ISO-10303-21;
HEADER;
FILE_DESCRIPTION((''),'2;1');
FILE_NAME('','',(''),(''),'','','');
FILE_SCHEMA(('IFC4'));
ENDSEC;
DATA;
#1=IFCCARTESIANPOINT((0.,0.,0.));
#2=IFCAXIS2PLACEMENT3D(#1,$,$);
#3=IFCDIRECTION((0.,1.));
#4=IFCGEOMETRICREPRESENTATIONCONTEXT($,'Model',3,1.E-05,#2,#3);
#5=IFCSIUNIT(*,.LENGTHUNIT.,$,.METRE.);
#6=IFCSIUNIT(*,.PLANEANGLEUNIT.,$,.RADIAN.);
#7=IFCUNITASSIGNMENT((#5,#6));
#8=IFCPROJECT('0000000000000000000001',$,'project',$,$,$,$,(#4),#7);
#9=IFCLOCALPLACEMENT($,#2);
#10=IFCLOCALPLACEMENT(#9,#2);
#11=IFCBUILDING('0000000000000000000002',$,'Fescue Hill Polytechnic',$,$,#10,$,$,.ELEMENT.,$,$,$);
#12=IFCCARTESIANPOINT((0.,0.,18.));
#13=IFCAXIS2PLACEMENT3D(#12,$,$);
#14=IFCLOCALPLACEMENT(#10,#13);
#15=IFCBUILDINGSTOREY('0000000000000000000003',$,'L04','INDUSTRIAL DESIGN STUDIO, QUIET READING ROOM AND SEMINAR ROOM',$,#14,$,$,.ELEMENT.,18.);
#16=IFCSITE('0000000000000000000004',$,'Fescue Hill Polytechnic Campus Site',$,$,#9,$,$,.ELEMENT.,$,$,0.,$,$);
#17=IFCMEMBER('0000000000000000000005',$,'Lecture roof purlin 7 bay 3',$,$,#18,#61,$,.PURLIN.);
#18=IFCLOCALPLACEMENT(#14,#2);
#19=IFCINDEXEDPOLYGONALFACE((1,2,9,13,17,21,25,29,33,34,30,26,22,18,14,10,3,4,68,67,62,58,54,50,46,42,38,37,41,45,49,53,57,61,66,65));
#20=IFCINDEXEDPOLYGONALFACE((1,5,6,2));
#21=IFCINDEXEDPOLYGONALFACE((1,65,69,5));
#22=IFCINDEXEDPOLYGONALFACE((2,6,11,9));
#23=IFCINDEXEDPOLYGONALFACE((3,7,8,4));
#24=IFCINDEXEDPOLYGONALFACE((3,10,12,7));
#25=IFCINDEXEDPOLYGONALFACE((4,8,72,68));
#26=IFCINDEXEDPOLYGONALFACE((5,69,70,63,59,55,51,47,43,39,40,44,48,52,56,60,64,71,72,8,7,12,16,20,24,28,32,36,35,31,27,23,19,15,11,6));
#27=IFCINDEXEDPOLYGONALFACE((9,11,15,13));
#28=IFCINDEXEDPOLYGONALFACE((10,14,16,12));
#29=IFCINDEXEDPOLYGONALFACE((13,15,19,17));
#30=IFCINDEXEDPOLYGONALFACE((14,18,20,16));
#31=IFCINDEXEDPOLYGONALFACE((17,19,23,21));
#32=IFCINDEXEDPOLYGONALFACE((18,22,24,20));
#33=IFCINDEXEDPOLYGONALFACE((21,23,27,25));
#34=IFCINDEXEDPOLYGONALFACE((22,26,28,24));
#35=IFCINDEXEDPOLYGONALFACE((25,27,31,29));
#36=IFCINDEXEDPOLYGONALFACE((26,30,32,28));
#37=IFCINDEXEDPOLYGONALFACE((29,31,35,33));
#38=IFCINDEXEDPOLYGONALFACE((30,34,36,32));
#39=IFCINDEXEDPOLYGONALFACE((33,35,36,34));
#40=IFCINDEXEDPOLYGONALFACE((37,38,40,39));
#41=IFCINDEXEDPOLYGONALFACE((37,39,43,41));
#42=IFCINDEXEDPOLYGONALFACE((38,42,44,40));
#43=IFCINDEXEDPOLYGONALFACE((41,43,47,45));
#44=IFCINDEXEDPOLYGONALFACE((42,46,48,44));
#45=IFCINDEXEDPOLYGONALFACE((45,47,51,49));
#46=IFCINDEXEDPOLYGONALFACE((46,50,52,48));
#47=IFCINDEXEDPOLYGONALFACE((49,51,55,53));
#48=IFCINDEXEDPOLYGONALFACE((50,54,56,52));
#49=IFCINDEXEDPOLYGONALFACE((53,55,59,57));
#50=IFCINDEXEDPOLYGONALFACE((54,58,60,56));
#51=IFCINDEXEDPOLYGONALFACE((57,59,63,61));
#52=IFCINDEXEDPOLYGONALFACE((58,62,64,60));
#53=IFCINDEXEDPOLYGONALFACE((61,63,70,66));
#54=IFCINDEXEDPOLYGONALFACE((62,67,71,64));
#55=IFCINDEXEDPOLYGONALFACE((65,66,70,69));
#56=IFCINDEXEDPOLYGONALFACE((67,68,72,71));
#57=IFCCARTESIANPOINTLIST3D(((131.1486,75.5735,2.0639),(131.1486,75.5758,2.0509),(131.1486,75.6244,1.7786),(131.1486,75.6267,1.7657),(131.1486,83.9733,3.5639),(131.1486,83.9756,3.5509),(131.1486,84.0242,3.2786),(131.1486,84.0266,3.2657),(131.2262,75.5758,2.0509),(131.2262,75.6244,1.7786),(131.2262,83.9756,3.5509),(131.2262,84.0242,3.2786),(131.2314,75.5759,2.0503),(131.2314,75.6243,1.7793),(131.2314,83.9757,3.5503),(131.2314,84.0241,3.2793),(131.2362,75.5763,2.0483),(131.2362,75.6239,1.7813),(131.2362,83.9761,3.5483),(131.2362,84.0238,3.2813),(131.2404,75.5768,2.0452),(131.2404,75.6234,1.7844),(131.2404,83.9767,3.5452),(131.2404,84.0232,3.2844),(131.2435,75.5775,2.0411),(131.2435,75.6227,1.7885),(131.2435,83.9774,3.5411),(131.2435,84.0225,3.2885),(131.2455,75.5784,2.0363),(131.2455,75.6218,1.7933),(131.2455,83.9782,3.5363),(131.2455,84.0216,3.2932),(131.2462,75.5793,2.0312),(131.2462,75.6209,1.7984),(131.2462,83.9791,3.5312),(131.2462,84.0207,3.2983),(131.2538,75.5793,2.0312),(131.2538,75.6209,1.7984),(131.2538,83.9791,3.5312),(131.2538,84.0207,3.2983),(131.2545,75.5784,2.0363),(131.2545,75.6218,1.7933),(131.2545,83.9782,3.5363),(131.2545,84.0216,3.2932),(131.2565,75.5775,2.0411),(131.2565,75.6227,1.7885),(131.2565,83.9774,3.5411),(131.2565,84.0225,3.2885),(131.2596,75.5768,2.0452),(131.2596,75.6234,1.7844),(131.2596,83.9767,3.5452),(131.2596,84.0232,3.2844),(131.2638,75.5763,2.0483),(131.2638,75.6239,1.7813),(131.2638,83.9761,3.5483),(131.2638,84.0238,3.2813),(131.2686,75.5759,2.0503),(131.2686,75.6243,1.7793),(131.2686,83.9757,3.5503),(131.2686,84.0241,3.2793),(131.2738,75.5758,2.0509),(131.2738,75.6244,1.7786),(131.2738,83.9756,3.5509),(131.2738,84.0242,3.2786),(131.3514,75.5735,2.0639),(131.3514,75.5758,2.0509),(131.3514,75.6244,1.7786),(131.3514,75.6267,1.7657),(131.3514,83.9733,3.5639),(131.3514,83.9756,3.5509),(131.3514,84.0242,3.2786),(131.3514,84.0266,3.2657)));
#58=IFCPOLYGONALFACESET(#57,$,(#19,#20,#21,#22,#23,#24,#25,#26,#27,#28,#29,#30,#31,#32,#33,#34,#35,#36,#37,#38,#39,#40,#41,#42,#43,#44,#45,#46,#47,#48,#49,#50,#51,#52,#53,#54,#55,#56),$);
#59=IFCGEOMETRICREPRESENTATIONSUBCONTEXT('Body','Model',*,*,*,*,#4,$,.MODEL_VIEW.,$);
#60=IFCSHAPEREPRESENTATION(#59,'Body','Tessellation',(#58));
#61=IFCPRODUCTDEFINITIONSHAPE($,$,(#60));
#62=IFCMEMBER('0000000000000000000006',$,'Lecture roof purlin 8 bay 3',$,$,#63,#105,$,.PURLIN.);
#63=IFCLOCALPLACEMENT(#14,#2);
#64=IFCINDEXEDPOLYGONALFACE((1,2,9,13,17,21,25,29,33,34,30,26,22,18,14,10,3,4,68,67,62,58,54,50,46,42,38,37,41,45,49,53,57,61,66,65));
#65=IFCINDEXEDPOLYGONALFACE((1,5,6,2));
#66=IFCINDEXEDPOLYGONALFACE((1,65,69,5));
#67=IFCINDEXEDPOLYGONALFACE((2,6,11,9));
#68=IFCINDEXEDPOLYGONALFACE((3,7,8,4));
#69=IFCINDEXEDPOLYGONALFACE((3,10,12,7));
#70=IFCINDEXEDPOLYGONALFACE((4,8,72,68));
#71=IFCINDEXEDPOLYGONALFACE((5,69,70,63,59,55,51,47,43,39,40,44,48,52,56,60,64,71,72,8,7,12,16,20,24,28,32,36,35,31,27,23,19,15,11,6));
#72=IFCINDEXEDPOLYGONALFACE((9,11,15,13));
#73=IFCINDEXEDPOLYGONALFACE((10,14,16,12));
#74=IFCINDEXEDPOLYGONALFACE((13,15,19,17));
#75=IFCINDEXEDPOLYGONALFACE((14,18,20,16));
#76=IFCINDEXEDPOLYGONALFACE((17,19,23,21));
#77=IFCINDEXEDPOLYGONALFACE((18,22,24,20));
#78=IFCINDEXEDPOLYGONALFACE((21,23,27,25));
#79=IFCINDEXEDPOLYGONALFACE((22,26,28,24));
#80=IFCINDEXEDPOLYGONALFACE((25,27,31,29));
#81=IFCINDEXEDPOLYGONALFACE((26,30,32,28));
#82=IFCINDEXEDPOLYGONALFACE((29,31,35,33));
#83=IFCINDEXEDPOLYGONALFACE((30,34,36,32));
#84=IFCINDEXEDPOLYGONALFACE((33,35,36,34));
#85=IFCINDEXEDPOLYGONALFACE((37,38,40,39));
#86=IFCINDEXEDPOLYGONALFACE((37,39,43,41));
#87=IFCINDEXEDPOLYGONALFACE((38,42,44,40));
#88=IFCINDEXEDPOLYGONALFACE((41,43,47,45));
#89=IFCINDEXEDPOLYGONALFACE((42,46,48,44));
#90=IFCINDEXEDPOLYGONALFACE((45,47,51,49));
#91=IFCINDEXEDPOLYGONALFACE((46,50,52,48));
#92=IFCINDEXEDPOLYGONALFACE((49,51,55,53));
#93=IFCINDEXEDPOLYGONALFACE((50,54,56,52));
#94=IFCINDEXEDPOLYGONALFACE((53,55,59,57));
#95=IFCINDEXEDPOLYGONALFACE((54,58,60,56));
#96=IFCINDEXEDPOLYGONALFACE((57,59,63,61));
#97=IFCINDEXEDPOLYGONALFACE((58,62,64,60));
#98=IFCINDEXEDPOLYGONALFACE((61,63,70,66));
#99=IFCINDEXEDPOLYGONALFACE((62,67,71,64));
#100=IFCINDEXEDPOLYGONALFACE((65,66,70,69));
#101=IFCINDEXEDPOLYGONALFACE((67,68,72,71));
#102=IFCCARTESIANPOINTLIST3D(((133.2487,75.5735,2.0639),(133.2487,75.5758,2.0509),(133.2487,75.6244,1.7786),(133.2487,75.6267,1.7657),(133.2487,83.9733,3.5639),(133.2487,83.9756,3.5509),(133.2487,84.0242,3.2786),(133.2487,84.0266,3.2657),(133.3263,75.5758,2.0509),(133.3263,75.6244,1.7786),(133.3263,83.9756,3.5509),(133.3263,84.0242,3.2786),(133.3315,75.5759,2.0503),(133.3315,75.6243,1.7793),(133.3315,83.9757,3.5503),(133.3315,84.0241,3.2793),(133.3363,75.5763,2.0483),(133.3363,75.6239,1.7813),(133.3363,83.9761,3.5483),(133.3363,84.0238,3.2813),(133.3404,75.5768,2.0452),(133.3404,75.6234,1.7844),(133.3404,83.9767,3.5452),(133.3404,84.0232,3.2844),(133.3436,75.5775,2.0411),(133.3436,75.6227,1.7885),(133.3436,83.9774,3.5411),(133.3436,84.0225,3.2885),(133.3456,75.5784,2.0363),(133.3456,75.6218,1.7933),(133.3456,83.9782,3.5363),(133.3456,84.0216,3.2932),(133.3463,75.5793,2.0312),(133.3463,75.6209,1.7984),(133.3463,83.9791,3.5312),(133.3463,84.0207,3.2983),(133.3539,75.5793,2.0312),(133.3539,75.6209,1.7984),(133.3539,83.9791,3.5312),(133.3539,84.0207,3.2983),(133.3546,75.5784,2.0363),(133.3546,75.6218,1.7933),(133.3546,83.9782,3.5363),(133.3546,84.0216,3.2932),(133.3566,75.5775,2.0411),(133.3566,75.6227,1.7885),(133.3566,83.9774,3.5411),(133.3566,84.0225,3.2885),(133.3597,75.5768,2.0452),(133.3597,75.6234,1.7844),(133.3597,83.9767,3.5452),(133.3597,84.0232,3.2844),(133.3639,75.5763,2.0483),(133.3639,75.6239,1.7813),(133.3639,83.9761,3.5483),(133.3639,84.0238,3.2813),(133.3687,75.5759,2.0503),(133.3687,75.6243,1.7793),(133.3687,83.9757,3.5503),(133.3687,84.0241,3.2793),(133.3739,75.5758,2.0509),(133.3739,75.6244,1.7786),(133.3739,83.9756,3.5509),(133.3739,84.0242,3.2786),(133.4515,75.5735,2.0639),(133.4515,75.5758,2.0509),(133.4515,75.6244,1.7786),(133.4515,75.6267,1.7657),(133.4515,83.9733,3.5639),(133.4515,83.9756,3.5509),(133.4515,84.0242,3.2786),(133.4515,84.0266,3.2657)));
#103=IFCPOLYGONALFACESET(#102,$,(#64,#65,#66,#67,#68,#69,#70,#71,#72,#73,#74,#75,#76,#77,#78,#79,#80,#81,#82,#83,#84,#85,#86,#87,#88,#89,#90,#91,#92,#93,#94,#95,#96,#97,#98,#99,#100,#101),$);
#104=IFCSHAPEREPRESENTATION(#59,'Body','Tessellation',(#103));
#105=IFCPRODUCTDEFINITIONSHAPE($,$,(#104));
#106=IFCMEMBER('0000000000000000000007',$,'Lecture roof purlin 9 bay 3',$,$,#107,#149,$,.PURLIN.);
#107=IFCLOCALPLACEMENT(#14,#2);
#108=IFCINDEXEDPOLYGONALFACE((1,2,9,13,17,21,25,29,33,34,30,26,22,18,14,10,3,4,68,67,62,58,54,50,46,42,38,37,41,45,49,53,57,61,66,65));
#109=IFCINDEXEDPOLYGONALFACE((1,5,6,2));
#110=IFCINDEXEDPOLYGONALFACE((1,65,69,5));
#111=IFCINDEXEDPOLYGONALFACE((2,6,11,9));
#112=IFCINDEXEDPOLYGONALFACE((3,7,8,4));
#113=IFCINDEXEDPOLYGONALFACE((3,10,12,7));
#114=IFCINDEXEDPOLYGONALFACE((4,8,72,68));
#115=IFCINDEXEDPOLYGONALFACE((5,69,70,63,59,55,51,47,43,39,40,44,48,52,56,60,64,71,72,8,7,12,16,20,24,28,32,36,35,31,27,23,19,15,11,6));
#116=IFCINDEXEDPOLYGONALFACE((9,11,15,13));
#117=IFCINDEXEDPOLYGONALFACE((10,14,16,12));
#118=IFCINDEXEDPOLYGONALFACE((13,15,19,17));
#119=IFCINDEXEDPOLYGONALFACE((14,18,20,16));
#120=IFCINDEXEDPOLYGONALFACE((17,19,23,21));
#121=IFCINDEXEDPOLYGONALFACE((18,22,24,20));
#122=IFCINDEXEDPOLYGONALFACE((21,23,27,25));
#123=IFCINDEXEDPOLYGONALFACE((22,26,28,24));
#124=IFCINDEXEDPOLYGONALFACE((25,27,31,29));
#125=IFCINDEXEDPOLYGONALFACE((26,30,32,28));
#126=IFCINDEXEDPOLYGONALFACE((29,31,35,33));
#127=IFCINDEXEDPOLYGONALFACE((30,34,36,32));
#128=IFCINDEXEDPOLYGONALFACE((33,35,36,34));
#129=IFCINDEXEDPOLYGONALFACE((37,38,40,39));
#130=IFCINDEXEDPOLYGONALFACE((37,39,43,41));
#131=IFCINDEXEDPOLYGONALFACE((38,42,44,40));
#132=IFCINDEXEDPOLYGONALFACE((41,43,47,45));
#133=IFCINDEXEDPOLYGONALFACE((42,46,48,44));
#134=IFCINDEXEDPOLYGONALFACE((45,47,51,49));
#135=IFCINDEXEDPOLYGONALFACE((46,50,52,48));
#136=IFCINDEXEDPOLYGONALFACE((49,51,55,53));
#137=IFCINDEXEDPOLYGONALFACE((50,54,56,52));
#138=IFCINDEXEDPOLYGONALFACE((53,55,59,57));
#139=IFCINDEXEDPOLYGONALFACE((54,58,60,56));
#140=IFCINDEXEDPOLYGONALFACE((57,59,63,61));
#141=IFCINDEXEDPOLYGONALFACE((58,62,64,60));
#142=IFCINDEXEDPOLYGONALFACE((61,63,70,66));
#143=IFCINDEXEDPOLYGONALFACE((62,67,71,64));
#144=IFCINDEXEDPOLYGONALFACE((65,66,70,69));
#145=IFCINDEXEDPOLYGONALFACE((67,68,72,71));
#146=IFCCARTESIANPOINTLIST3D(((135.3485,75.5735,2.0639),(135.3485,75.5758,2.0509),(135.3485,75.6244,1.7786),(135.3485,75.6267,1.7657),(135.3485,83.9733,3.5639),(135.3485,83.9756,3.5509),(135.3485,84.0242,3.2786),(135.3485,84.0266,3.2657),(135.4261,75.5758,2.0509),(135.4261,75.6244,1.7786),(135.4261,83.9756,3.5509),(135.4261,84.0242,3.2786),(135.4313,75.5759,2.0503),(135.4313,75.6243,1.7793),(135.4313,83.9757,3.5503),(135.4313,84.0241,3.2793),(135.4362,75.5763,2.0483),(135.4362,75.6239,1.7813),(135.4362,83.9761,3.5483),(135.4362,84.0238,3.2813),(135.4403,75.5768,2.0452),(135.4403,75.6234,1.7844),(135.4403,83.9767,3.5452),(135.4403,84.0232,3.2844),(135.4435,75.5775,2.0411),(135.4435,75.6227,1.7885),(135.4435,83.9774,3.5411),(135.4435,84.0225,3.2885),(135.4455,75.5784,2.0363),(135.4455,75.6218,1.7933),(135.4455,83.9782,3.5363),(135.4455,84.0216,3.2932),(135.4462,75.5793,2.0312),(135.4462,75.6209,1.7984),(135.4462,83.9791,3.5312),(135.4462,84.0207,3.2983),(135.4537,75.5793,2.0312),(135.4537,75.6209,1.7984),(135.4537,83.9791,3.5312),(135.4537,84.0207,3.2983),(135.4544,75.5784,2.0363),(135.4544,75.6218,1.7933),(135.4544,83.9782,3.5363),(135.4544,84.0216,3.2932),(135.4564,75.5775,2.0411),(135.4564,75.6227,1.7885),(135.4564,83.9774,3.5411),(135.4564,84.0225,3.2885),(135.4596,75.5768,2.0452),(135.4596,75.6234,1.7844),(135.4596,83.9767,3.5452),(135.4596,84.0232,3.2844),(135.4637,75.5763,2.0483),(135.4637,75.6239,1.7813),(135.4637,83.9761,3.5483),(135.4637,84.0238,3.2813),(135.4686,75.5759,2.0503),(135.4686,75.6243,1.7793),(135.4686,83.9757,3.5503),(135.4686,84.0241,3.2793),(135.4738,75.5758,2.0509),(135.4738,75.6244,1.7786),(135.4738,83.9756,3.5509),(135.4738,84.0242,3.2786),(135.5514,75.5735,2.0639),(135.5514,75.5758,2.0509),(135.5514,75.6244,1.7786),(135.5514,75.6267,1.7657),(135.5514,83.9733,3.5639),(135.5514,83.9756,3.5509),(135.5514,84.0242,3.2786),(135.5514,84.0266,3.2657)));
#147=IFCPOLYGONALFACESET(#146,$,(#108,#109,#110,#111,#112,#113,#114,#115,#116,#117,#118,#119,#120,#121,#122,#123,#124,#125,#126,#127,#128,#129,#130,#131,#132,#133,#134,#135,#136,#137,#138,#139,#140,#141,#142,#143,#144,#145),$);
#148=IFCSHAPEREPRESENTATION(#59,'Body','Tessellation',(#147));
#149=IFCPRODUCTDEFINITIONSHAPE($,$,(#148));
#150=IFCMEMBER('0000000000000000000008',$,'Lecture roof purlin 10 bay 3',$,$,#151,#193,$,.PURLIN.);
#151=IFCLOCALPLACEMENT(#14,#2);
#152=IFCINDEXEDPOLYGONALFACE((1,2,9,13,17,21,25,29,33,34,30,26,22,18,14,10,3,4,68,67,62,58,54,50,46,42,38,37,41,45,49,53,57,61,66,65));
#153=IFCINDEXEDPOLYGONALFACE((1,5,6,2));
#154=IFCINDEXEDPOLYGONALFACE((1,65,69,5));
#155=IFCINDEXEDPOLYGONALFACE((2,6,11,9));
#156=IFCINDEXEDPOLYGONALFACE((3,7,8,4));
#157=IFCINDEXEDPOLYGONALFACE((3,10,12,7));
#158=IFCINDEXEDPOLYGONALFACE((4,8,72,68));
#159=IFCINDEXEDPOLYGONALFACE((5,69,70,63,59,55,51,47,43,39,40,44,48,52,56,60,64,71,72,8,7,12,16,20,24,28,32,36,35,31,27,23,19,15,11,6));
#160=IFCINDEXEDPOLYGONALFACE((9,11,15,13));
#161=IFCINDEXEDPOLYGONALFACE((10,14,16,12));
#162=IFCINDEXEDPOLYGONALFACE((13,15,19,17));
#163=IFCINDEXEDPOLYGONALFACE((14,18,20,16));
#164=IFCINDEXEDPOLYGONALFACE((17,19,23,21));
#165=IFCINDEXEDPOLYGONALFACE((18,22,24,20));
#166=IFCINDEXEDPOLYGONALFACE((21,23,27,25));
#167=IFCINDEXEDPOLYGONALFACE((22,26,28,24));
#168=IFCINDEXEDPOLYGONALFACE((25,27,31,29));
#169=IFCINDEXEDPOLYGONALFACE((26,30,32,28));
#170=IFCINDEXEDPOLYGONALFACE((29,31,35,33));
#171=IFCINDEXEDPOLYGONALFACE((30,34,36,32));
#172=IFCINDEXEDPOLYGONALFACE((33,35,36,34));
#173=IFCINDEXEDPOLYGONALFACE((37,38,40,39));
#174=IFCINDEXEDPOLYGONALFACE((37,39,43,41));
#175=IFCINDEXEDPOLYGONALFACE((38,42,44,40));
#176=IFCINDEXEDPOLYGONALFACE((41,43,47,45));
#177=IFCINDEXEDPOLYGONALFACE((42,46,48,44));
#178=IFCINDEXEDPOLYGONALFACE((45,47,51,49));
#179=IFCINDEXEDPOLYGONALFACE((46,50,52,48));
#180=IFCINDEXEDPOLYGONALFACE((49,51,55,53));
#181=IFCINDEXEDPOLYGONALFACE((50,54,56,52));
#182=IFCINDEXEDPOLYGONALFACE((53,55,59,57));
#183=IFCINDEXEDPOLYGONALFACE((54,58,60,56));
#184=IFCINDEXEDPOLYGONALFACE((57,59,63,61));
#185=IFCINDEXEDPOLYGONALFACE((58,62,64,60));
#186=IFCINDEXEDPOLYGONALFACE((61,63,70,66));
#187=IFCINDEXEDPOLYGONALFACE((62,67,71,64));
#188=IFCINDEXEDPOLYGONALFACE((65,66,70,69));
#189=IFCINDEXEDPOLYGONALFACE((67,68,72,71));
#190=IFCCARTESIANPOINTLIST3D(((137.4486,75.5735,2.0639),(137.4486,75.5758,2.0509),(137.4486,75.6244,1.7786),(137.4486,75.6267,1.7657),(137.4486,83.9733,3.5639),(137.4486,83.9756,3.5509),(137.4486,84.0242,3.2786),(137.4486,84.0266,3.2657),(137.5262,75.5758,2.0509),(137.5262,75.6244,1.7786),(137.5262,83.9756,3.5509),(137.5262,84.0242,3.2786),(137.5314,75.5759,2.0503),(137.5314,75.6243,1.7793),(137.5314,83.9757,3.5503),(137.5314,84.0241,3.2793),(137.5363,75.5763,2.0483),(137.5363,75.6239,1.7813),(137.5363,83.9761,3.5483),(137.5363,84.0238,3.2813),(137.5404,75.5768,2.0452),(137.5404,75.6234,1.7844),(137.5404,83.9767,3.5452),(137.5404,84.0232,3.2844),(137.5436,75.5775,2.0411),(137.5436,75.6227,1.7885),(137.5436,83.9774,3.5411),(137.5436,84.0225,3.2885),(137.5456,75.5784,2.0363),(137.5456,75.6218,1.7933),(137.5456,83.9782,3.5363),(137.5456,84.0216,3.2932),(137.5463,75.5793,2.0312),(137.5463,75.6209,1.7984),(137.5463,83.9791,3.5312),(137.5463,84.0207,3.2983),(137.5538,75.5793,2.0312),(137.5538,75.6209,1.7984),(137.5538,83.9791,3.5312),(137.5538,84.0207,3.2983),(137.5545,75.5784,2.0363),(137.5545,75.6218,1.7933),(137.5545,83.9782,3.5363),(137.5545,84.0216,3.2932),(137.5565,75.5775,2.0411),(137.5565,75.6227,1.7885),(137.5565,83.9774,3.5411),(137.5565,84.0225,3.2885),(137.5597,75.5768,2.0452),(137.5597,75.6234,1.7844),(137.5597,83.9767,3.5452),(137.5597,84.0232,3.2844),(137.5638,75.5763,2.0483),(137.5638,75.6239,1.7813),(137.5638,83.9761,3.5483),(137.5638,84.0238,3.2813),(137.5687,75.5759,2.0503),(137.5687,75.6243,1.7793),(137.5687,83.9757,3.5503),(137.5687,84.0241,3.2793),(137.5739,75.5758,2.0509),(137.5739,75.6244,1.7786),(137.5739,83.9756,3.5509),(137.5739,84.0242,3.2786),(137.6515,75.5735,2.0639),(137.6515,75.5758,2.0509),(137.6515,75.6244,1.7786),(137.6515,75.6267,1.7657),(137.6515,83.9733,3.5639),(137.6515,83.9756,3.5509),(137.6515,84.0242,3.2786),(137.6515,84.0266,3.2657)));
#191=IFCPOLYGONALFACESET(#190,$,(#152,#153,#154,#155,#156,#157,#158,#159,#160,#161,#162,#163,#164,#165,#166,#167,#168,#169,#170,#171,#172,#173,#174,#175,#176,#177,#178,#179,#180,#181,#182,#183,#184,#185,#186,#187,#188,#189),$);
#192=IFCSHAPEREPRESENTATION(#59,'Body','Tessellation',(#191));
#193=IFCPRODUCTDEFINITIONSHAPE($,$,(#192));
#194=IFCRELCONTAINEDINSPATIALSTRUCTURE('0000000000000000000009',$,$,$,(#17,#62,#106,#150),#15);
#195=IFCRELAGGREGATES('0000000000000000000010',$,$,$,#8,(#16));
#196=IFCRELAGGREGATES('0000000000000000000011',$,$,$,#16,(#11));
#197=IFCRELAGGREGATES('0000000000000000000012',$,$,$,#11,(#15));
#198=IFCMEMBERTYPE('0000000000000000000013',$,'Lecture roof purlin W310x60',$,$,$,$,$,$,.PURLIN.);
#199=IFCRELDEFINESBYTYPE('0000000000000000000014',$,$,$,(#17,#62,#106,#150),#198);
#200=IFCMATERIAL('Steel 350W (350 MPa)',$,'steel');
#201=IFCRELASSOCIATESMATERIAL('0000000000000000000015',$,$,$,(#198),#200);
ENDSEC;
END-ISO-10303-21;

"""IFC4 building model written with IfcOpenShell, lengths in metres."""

from ifc_helpers import new_model, si_unit, direction, frame, origin, origin_2d, place, context, subcontext, project, spatial, i_section, extrude, material, material_profile, profile_set, type_object, element, save


model = new_model("IFC4")

# Units and contexts
model_context = context("Model", 3, precision=1e-05, world=origin(), true_north=direction((0.0, 1.0)))
body_context = subcontext(model_context, "Body", "Model", "MODEL_VIEW")
ifc_project = project(units=[si_unit("LENGTHUNIT", "METRE"), si_unit("PLANEANGLEUNIT", "RADIAN")], contexts=[model_context])

# Site, building, storey
site_placement = place(None, origin())
site = spatial("IfcSite", under=ifc_project, at=site_placement, Name="Fescue Hill Polytechnic Campus Site", CompositionType="ELEMENT", RefElevation=0.0)
building_placement = place(site_placement, origin())
building = spatial("IfcBuilding", under=site, at=building_placement, Name="Fescue Hill Polytechnic", CompositionType="ELEMENT")
storey_placement = place(building_placement, frame((0.0, 0.0, 18.0)))
storey = spatial("IfcBuildingStorey", under=building, at=storey_placement, Name="L04", Description="INDUSTRIAL DESIGN STUDIO, QUIET READING ROOM AND SEMINAR ROOM", CompositionType="ELEMENT", Elevation=18.0)

# Shared definitions
ifc_material_1 = material(Name="Steel 350W (350 MPa)", Category="steel")

# Members
ifc_material_profile_1 = material_profile(ifc_material_1, i_section(OverallWidth=0.2029, OverallDepth=0.303, WebThickness=0.0076, FlangeThickness=0.0132, FilletRadius=0.02, at=origin_2d()), Name="W310x60")
ifc_profile_set_1 = profile_set([ifc_material_profile_1], Name="Steel 350W (350 MPa)")
member_type = type_object("IfcMemberType", Name="Lecture roof purlin W310x60", PredefinedType="PURLIN", material=ifc_profile_set_1)
for number, where, z_axis, x_axis, name in (
    (1, (131.25, 75.6001, 1.9148), (0.0, 0.984427, 0.175793), (-1.0, 0.0, 0.0), "Lecture roof purlin 7 bay 3"),
    (2, (133.3501, 75.6001, 1.9148), (0.0, 0.984427, 0.175793), (-1.0, 0.0, 0.0), "Lecture roof purlin 8 bay 3"),
    (3, (135.45, 75.6001, 1.9148), (0.0, 0.984427, 0.175793), (-1.0, 0.0, 0.0), "Lecture roof purlin 9 bay 3"),
    (4, (137.55, 75.6001, 1.9148), (0.0, 0.984427, 0.175793), (-1.0, 0.0, 0.0), "Lecture roof purlin 10 bay 3"),
):
    element("IfcMember", number, at=place(storey_placement, frame(where, z_axis=z_axis, x_axis=x_axis)), inside=storey, type_object=member_type, Name=name, PredefinedType="PURLIN", context=body_context, shape_type="SweptSolid", body=[
        extrude(i_section(OverallWidth=0.2029, OverallDepth=0.303, WebThickness=0.0076, FlangeThickness=0.0132, FilletRadius=0.02, at=origin_2d()), origin(), (0.0, 0.0, 1.0), 8.5327),
    ])

save(model, "model.ifc")
